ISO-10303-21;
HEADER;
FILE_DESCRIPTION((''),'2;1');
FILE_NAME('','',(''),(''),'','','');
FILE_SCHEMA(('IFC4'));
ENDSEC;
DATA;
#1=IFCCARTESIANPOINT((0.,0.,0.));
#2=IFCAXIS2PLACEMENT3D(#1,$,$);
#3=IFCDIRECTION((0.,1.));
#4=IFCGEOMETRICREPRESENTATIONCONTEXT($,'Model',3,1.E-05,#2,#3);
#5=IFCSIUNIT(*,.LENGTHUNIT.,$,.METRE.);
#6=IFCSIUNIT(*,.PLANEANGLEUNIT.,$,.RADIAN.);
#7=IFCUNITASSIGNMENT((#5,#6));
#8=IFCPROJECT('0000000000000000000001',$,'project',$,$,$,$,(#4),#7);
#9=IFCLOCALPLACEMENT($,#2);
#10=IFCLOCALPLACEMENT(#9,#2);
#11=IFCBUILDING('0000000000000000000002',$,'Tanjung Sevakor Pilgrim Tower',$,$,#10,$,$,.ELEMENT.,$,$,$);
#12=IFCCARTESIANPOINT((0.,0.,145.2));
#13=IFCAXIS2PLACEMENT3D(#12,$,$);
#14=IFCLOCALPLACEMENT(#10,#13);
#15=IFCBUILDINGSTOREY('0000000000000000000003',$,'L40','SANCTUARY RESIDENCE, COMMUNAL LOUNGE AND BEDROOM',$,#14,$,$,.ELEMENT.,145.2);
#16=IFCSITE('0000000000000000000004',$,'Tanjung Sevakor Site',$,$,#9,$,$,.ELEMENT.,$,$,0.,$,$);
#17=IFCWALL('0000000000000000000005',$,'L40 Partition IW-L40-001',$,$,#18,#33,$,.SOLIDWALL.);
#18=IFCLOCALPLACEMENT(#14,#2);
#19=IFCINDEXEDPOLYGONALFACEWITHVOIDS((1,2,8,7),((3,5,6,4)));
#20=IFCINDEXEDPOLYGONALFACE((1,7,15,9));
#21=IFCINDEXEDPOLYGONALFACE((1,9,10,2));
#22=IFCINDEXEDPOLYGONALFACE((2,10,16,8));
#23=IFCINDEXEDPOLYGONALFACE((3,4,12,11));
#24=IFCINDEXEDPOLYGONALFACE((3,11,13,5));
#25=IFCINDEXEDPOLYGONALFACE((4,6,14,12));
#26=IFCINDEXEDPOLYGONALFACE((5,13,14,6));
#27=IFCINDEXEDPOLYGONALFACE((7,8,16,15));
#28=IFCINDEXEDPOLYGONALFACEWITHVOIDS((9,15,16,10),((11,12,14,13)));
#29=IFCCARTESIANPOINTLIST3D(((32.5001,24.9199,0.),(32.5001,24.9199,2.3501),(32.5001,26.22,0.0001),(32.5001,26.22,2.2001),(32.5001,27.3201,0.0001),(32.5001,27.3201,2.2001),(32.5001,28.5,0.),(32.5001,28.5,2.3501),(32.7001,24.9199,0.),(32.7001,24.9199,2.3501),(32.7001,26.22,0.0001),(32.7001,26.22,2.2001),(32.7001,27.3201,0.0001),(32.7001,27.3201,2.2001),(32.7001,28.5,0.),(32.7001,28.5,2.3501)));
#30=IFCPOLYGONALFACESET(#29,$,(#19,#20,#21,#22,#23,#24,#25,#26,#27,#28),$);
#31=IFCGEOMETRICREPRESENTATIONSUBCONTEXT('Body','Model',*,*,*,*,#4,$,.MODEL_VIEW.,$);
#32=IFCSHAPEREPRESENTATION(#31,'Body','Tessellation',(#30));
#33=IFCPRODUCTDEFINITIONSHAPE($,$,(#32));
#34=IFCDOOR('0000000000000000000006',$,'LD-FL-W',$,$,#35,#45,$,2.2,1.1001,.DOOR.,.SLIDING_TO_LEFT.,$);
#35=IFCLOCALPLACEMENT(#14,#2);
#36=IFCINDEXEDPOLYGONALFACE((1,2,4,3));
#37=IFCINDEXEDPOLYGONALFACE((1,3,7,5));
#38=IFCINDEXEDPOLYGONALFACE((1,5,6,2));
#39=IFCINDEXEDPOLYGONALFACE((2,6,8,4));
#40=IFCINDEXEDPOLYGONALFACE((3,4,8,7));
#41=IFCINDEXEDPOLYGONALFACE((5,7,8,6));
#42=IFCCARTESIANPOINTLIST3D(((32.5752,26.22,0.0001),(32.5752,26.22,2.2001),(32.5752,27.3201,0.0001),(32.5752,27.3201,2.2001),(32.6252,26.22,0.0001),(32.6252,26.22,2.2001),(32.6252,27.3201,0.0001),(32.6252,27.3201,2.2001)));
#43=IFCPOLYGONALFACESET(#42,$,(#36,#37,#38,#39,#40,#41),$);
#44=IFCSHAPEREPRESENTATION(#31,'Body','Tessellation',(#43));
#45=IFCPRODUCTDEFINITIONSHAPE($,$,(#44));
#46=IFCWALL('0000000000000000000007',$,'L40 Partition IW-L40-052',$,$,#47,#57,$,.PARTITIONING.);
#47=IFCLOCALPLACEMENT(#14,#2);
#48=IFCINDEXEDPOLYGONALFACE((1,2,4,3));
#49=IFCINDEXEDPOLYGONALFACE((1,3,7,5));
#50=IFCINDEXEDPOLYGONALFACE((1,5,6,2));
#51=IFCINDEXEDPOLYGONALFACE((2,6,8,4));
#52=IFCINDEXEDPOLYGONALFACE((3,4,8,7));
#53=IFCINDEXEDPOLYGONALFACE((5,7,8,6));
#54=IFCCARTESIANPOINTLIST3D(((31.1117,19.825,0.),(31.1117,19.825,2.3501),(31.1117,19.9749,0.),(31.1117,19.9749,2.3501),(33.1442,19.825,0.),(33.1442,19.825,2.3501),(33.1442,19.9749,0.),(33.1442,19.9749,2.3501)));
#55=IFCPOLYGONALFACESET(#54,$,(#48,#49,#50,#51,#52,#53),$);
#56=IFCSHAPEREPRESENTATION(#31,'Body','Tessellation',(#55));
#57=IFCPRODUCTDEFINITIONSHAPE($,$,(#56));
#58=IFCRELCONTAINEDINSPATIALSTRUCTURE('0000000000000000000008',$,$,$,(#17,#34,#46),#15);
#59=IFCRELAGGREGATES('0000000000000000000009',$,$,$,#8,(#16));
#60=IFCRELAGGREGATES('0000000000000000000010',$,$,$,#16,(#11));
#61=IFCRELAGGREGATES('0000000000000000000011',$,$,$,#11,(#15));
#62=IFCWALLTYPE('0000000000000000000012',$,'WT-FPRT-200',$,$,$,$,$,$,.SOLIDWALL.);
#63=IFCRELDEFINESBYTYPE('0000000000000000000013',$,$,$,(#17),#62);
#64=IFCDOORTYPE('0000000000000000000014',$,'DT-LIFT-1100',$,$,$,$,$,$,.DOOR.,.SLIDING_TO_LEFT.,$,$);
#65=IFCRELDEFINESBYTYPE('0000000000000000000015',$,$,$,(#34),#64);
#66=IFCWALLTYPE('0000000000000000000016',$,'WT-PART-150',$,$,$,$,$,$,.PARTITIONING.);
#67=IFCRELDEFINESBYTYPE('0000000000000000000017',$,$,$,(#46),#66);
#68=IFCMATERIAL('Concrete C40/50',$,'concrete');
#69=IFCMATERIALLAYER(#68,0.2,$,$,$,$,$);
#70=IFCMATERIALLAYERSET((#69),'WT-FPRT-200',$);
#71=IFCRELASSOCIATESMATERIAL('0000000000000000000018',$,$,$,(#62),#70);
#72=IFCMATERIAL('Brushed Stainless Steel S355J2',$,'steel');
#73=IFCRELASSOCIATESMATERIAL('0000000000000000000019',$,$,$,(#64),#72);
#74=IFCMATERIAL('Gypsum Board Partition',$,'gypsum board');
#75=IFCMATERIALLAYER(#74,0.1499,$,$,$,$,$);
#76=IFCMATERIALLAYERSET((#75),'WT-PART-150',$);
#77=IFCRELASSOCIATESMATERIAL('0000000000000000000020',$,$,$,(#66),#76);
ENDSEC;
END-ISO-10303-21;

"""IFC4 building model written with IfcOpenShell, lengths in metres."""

from ifc_helpers import new_model, si_unit, direction, frame, frame_2d, origin, place, context, subcontext, project, spatial, rectangle, extrude, material, layer, layer_set, type_object, element, fill, save


model = new_model("IFC4")

# Units and contexts
model_context = context("Model", 3, precision=1e-05, world=origin(), true_north=direction((0.0, 1.0)))
body_context = subcontext(model_context, "Body", "Model", "MODEL_VIEW")
ifc_project = project(units=[si_unit("LENGTHUNIT", "METRE"), si_unit("PLANEANGLEUNIT", "RADIAN")], contexts=[model_context])

# Site, building, storey
site_placement = place(None, origin())
site = spatial("IfcSite", under=ifc_project, at=site_placement, Name="Tanjung Sevakor Site", CompositionType="ELEMENT", RefElevation=0.0)
building_placement = place(site_placement, origin())
building = spatial("IfcBuilding", under=site, at=building_placement, Name="Tanjung Sevakor Pilgrim Tower", CompositionType="ELEMENT")
storey_placement = place(building_placement, frame((0.0, 0.0, 145.2)))
storey = spatial("IfcBuildingStorey", under=building, at=storey_placement, Name="L40", Description="SANCTUARY RESIDENCE, COMMUNAL LOUNGE AND BEDROOM", CompositionType="ELEMENT", Elevation=145.2)

# Wall, opening, door
ifc_material_1 = material(Name="Concrete C40/50", Category="concrete")
ifc_layer_1 = layer(ifc_material_1, 0.2)
ifc_layer_set_1 = layer_set([ifc_layer_1], Name="WT-FPRT-200")
wall_type_1 = type_object("IfcWallType", Name="WT-FPRT-200", PredefinedType="SOLIDWALL", material=ifc_layer_set_1)
wall_1_placement = place(storey_placement, frame((32.6001, 24.9199, 0.0), z_axis=(0.0, 0.0, 1.0), x_axis=(0.0, 1.0, 0.0)))
wall_1 = element("IfcWall", 1, at=wall_1_placement, inside=storey, type_object=wall_type_1, Name="L40 Partition IW-L40-001", PredefinedType="SOLIDWALL", context=body_context, shape_type="SweptSolid", body=[
    extrude(rectangle(XDim=3.5801, YDim=0.2, at=frame_2d((1.79, 0.0))), origin(), (0.0, 0.0, 1.0), 2.3501),
])
opening_1_placement = place(wall_1_placement, frame((1.3, 0.0, 0.0)))
opening_1 = element("IfcOpeningElement", 2, at=opening_1_placement, cuts=wall_1, PredefinedType="OPENING", context=body_context, shape_type="SweptSolid", body=[
    extrude(rectangle(XDim=1.1001, YDim=2.2, at=frame_2d((0.55, 1.1001))), frame((0.0, 0.1099, 0.0), z_axis=(0.0, -1.0, 0.0), x_axis=(1.0, 0.0, 0.0)), (0.0, 0.0, 1.0), 0.22),
])
ifc_material_2 = material(Name="Brushed Stainless Steel S355J2", Category="steel")
door_type_1 = type_object("IfcDoorType", Name="DT-LIFT-1100", OperationType="SLIDING_TO_LEFT", PredefinedType="DOOR", material=ifc_material_2)
door_1_placement = place(opening_1_placement, origin())
door_1 = element("IfcDoor", 3, at=door_1_placement, inside=storey, type_object=door_type_1, Name="LD-FL-W", OperationType="SLIDING_TO_LEFT", OverallHeight=2.2, OverallWidth=1.1001, PredefinedType="DOOR", context=body_context, shape_type="SweptSolid", body=[
    extrude(rectangle(XDim=1.1001, YDim=2.2, at=frame_2d((0.55, 1.1001))), frame((0.0, 0.0249, 0.0), z_axis=(0.0, -1.0, 0.0), x_axis=(1.0, 0.0, 0.0)), (0.0, 0.0, 1.0), 0.05),
])
fill(opening_1, door_1)

# Wall
ifc_material_3 = material(Name="Gypsum Board Partition", Category="gypsum board")
ifc_layer_2 = layer(ifc_material_3, 0.1499)
ifc_layer_set_2 = layer_set([ifc_layer_2], Name="WT-PART-150")
wall_type_2 = type_object("IfcWallType", Name="WT-PART-150", PredefinedType="PARTITIONING", material=ifc_layer_set_2)
wall_2_placement = place(storey_placement, frame((31.1118, 19.8999, 0.0), z_axis=(0.0, 0.0, 1.0), x_axis=(1.0, 0.0, 0.0)))
element("IfcWall", 4, at=wall_2_placement, inside=storey, type_object=wall_type_2, Name="L40 Partition IW-L40-052", PredefinedType="PARTITIONING", context=body_context, shape_type="SweptSolid", body=[
    extrude(rectangle(XDim=2.0325, YDim=0.1499, at=frame_2d((1.0161, 0.0))), origin(), (0.0, 0.0, 1.0), 2.3501),
])

save(model, "model.ifc")
